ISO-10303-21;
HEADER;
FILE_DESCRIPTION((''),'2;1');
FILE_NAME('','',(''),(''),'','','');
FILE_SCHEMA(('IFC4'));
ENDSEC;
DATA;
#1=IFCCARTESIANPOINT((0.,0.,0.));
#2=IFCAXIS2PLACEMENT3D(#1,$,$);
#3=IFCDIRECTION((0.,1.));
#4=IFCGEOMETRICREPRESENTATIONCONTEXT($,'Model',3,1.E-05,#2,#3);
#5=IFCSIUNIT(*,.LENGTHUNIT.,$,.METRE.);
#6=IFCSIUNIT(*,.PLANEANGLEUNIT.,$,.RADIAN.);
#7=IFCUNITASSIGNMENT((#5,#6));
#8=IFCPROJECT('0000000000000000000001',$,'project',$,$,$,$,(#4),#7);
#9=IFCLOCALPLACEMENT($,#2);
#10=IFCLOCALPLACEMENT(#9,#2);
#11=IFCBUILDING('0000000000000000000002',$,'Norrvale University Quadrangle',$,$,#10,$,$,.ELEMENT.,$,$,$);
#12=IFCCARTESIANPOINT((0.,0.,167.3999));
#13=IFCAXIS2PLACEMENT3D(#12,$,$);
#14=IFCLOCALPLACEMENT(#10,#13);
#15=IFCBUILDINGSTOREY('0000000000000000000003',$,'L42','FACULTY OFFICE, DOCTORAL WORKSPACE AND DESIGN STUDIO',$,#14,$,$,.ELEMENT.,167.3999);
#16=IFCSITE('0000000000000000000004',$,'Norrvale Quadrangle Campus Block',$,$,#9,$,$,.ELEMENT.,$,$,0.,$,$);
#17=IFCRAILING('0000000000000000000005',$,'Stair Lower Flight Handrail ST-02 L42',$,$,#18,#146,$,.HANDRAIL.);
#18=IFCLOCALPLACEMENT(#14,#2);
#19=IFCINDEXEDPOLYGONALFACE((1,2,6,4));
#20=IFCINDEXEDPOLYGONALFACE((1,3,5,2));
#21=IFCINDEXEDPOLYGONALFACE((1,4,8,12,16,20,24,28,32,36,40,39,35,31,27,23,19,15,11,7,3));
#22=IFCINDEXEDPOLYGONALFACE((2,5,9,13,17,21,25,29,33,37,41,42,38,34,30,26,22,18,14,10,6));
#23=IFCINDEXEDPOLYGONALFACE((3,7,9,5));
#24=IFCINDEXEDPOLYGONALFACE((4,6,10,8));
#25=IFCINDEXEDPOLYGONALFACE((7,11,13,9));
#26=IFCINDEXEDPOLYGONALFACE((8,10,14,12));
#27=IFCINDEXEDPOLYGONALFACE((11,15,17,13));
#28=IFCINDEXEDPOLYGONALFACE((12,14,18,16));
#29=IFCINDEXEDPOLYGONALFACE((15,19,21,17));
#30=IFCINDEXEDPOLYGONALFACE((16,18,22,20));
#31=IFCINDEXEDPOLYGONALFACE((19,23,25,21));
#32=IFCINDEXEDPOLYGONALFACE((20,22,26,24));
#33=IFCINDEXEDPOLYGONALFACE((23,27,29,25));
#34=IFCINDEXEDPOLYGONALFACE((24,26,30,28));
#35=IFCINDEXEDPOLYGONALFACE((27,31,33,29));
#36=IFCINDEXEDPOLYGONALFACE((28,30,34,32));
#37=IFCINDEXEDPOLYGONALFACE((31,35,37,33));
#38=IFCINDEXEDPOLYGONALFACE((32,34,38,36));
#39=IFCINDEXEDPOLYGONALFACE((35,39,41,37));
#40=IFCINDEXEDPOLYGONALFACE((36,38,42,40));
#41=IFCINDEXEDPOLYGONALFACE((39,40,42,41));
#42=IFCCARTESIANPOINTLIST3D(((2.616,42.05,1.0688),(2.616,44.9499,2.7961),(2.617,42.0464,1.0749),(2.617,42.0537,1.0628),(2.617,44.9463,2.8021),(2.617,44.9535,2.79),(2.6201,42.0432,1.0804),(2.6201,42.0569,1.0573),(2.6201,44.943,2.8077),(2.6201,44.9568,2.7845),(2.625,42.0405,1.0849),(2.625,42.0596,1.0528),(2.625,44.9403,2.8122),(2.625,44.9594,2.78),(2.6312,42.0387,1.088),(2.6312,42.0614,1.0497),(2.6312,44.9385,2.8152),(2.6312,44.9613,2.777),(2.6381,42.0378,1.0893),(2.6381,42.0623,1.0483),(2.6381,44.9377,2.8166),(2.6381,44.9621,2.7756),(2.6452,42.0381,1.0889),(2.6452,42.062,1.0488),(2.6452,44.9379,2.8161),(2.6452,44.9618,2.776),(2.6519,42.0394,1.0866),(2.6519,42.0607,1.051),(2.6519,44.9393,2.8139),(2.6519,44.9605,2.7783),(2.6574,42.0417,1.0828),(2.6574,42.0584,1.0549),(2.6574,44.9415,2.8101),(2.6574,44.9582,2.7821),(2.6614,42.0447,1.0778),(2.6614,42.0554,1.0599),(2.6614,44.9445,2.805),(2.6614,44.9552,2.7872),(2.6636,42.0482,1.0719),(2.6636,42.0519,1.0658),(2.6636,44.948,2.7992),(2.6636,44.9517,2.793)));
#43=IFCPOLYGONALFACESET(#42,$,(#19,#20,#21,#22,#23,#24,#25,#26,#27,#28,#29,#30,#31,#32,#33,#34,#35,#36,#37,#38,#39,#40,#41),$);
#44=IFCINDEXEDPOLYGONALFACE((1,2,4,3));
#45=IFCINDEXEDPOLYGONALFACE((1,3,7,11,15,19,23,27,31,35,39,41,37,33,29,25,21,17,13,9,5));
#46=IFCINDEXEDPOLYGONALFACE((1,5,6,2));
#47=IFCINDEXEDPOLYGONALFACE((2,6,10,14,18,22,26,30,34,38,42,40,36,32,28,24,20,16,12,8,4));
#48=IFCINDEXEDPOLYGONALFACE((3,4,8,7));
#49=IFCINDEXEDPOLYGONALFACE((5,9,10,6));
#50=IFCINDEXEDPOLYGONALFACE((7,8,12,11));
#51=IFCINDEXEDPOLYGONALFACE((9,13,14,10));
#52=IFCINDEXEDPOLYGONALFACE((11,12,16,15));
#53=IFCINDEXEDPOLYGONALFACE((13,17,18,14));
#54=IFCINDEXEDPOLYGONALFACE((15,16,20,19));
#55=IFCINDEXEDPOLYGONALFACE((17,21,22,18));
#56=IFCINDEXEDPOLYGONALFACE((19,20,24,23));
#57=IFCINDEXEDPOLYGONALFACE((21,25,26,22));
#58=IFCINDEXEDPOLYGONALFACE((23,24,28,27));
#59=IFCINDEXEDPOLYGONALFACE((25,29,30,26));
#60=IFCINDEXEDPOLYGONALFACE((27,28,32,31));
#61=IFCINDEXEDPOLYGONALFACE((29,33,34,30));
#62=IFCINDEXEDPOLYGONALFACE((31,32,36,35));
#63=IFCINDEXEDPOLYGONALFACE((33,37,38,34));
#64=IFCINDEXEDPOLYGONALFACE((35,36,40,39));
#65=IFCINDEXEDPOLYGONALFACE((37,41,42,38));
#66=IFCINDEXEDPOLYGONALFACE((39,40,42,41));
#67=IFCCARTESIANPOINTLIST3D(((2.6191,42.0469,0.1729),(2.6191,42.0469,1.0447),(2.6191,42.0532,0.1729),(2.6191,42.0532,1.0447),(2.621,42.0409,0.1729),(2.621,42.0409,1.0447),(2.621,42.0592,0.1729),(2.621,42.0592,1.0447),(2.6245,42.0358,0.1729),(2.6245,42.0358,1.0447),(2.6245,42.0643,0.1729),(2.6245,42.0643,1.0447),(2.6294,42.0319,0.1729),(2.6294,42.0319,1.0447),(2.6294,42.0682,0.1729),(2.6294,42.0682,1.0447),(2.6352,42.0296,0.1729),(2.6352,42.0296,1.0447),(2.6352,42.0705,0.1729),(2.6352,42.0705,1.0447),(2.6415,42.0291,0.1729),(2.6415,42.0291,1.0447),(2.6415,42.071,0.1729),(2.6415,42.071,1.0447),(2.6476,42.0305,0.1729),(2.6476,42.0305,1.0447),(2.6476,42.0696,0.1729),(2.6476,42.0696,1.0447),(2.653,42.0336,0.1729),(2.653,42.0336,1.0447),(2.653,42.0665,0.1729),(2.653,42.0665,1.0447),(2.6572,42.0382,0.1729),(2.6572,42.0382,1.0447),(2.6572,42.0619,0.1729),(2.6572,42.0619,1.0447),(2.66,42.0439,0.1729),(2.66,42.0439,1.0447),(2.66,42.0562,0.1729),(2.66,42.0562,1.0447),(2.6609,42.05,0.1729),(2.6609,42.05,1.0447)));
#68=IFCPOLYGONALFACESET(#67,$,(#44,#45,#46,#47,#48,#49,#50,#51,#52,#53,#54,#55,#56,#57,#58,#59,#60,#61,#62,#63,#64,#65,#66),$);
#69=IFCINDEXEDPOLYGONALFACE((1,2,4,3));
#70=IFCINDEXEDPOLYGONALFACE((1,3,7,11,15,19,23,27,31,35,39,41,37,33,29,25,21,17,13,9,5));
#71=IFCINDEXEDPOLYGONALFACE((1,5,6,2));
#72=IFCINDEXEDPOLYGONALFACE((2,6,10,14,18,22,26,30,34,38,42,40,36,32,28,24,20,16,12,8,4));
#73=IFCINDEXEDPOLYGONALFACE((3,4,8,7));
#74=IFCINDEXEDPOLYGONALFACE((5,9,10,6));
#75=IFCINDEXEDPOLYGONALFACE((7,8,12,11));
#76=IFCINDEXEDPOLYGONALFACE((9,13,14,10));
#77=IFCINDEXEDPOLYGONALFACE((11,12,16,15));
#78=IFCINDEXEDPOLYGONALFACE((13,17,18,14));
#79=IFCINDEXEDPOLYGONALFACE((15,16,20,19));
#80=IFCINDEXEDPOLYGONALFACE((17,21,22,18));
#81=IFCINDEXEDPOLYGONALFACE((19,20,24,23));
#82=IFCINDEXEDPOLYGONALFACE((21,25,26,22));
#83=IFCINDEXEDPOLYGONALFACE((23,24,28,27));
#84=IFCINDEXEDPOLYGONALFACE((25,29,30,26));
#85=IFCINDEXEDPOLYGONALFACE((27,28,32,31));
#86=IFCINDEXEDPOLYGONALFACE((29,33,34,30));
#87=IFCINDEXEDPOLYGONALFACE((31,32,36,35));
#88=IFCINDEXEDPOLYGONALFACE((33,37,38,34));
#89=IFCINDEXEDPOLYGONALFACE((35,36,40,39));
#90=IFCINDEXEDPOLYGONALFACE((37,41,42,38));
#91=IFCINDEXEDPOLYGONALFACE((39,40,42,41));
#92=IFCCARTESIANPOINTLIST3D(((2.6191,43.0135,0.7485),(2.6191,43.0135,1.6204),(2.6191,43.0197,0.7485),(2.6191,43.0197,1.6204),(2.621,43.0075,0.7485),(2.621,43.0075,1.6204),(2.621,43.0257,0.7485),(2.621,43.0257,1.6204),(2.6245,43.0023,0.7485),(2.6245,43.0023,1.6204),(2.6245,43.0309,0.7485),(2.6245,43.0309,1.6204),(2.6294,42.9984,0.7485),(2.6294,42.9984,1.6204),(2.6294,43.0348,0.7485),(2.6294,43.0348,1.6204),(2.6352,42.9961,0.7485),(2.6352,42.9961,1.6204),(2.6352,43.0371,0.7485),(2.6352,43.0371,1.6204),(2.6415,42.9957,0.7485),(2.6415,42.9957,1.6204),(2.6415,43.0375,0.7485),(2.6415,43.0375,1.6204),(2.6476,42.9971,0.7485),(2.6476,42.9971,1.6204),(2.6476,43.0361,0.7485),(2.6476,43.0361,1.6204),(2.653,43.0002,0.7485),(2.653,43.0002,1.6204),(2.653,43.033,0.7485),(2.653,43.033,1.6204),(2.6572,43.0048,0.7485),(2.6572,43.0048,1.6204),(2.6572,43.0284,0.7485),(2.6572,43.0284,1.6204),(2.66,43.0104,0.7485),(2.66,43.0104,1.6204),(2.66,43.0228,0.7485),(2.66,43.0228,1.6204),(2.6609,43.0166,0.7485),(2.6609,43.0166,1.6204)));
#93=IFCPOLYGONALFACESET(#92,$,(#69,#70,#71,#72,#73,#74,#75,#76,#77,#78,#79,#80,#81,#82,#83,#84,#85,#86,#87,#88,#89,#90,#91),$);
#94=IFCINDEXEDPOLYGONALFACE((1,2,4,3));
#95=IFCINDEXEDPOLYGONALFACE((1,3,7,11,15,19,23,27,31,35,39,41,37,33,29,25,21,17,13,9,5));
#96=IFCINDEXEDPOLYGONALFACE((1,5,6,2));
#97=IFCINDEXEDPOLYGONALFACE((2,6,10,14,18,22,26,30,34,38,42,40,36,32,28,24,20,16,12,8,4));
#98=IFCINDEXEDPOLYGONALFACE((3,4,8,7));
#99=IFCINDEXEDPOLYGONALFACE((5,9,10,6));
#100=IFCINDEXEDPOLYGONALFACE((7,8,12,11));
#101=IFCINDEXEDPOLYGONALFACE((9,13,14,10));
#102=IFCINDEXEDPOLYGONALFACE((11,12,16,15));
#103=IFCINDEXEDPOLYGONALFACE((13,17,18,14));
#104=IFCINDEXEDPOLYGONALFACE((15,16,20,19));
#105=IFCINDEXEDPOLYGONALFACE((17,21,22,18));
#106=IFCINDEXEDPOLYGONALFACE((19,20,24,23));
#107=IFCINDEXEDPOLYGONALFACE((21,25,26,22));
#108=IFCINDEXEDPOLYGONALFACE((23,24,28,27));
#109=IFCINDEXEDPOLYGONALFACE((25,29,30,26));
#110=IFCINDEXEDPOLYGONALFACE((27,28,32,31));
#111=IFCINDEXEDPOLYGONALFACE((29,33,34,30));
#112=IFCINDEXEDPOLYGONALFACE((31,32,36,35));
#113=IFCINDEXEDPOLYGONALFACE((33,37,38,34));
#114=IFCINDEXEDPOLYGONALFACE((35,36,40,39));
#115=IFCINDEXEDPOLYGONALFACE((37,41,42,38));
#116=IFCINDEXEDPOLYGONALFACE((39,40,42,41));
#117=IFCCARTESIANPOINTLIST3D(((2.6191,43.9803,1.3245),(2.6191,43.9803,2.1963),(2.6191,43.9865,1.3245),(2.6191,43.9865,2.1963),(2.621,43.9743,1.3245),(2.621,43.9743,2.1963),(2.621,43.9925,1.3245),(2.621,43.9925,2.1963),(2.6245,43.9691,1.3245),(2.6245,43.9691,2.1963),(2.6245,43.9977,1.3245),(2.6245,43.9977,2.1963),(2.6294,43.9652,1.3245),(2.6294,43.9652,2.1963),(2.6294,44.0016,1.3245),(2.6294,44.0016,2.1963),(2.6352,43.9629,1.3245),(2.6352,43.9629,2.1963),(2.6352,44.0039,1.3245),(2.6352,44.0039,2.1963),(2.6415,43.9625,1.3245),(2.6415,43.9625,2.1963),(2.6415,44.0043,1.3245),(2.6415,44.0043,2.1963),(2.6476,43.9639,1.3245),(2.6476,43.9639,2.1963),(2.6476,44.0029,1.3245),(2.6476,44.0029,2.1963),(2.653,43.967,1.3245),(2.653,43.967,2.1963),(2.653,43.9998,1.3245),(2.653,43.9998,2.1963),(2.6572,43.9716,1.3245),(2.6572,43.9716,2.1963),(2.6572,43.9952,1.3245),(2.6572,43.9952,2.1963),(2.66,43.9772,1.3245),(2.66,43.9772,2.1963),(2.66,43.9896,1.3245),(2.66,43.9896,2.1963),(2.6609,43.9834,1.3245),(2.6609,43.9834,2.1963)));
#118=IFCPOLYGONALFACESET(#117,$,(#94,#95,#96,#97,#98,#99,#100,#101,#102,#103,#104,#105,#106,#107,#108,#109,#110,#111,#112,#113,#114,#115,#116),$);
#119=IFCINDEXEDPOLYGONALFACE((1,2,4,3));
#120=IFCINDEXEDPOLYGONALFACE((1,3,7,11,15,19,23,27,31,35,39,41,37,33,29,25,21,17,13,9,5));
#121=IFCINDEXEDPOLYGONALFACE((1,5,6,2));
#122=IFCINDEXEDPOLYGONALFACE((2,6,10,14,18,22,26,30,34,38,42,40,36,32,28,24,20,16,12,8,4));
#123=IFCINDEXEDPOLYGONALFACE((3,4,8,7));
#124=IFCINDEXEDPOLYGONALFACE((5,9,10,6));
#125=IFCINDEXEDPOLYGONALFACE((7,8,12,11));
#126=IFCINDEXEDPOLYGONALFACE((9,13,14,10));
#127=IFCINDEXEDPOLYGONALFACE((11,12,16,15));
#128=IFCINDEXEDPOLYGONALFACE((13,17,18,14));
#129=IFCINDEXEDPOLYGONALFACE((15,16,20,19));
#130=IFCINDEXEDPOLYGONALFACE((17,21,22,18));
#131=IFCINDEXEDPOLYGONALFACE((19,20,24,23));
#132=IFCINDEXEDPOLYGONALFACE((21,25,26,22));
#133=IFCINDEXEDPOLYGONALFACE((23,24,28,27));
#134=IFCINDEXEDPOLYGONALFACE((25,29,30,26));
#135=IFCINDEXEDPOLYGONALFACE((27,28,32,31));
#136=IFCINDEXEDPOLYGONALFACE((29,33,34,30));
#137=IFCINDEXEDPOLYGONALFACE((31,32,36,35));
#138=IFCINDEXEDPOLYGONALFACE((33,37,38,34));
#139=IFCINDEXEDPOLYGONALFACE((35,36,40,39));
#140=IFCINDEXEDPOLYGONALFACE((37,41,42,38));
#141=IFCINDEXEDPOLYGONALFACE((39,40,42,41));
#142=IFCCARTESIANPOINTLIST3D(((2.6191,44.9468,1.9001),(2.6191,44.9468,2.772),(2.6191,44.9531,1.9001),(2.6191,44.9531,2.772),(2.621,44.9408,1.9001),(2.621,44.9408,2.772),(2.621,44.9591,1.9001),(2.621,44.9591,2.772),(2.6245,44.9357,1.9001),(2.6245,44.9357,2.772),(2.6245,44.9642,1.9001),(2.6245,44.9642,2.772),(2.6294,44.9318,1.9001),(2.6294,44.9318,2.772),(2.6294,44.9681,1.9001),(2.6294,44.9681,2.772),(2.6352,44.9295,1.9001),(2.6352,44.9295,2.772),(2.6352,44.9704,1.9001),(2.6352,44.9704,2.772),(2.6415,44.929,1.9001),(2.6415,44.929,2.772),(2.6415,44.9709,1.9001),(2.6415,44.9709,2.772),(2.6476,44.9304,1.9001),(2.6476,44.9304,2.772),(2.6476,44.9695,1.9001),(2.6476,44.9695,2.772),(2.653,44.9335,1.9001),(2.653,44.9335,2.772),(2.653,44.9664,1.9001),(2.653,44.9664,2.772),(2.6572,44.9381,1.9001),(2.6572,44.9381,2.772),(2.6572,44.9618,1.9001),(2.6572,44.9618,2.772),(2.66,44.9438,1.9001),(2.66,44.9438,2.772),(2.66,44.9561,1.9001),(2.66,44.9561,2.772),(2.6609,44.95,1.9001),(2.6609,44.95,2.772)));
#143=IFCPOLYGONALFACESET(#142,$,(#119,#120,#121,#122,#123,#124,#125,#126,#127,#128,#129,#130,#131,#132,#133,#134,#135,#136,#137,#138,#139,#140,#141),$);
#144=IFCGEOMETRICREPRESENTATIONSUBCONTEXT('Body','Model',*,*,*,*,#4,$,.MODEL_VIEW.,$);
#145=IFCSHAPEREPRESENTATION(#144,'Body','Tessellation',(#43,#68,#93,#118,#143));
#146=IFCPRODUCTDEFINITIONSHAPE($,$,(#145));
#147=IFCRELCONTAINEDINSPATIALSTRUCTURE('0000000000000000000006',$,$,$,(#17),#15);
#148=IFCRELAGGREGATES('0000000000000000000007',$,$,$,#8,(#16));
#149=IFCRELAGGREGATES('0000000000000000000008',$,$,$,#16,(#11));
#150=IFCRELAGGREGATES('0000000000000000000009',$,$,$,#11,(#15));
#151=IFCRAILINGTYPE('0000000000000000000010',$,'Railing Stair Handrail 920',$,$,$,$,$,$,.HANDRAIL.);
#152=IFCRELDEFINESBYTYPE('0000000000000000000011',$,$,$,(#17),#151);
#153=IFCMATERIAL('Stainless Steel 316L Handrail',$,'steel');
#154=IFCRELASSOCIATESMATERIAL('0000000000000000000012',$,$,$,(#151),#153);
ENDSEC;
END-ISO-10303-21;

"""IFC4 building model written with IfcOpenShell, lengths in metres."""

from ifc_helpers import new_model, si_unit, direction, frame, origin, origin_2d, place, context, subcontext, project, spatial, circle, extrude, material, type_object, element, save


model = new_model("IFC4")

# Units and contexts
model_context = context("Model", 3, precision=1e-05, world=origin(), true_north=direction((0.0, 1.0)))
body_context = subcontext(model_context, "Body", "Model", "MODEL_VIEW")
ifc_project = project(units=[si_unit("LENGTHUNIT", "METRE"), si_unit("PLANEANGLEUNIT", "RADIAN")], contexts=[model_context])

# Site, building, storey
site_placement = place(None, origin())
site = spatial("IfcSite", under=ifc_project, at=site_placement, Name="Norrvale Quadrangle Campus Block", CompositionType="ELEMENT", RefElevation=0.0)
building_placement = place(site_placement, origin())
building = spatial("IfcBuilding", under=site, at=building_placement, Name="Norrvale University Quadrangle", CompositionType="ELEMENT")
storey_placement = place(building_placement, frame((0.0, 0.0, 167.3999)))
storey = spatial("IfcBuildingStorey", under=building, at=storey_placement, Name="L42", Description="FACULTY OFFICE, DOCTORAL WORKSPACE AND DESIGN STUDIO", CompositionType="ELEMENT", Elevation=167.3999)

# Railing
ifc_material_1 = material(Name="Stainless Steel 316L Handrail", Category="steel")
railing_type_1 = type_object("IfcRailingType", Name="Railing Stair Handrail 920", PredefinedType="HANDRAIL", material=ifc_material_1)
railing_1_placement = place(storey_placement, frame((2.6399, 42.05, 0.1729)))
element("IfcRailing", 1, at=railing_1_placement, inside=storey, type_object=railing_type_1, Name="Stair Lower Flight Handrail ST-02 L42", PredefinedType="HANDRAIL", context=body_context, shape_type="SweptSolid", body=[
    extrude(circle(Radius=0.0239, at=origin_2d()), frame((0.0, 0.0, 0.896), z_axis=(0.0, 0.859141, 0.511738), x_axis=(-1.0, 0.0, 0.0)), (0.0, 0.0, 1.0), 3.3752),
    extrude(circle(Radius=0.021, at=origin_2d()), origin(), (0.0, 0.0, 1.0), 0.8718),
    extrude(circle(Radius=0.021, at=origin_2d()), frame((0.0, 0.9666, 0.5757)), (0.0, 0.0, 1.0), 0.8718),
    extrude(circle(Radius=0.021, at=origin_2d()), frame((0.0, 1.9333, 1.1516)), (0.0, 0.0, 1.0), 0.8718),
    extrude(circle(Radius=0.021, at=origin_2d()), frame((0.0, 2.8999, 1.7273)), (0.0, 0.0, 1.0), 0.8718),
])

save(model, "model.ifc")
